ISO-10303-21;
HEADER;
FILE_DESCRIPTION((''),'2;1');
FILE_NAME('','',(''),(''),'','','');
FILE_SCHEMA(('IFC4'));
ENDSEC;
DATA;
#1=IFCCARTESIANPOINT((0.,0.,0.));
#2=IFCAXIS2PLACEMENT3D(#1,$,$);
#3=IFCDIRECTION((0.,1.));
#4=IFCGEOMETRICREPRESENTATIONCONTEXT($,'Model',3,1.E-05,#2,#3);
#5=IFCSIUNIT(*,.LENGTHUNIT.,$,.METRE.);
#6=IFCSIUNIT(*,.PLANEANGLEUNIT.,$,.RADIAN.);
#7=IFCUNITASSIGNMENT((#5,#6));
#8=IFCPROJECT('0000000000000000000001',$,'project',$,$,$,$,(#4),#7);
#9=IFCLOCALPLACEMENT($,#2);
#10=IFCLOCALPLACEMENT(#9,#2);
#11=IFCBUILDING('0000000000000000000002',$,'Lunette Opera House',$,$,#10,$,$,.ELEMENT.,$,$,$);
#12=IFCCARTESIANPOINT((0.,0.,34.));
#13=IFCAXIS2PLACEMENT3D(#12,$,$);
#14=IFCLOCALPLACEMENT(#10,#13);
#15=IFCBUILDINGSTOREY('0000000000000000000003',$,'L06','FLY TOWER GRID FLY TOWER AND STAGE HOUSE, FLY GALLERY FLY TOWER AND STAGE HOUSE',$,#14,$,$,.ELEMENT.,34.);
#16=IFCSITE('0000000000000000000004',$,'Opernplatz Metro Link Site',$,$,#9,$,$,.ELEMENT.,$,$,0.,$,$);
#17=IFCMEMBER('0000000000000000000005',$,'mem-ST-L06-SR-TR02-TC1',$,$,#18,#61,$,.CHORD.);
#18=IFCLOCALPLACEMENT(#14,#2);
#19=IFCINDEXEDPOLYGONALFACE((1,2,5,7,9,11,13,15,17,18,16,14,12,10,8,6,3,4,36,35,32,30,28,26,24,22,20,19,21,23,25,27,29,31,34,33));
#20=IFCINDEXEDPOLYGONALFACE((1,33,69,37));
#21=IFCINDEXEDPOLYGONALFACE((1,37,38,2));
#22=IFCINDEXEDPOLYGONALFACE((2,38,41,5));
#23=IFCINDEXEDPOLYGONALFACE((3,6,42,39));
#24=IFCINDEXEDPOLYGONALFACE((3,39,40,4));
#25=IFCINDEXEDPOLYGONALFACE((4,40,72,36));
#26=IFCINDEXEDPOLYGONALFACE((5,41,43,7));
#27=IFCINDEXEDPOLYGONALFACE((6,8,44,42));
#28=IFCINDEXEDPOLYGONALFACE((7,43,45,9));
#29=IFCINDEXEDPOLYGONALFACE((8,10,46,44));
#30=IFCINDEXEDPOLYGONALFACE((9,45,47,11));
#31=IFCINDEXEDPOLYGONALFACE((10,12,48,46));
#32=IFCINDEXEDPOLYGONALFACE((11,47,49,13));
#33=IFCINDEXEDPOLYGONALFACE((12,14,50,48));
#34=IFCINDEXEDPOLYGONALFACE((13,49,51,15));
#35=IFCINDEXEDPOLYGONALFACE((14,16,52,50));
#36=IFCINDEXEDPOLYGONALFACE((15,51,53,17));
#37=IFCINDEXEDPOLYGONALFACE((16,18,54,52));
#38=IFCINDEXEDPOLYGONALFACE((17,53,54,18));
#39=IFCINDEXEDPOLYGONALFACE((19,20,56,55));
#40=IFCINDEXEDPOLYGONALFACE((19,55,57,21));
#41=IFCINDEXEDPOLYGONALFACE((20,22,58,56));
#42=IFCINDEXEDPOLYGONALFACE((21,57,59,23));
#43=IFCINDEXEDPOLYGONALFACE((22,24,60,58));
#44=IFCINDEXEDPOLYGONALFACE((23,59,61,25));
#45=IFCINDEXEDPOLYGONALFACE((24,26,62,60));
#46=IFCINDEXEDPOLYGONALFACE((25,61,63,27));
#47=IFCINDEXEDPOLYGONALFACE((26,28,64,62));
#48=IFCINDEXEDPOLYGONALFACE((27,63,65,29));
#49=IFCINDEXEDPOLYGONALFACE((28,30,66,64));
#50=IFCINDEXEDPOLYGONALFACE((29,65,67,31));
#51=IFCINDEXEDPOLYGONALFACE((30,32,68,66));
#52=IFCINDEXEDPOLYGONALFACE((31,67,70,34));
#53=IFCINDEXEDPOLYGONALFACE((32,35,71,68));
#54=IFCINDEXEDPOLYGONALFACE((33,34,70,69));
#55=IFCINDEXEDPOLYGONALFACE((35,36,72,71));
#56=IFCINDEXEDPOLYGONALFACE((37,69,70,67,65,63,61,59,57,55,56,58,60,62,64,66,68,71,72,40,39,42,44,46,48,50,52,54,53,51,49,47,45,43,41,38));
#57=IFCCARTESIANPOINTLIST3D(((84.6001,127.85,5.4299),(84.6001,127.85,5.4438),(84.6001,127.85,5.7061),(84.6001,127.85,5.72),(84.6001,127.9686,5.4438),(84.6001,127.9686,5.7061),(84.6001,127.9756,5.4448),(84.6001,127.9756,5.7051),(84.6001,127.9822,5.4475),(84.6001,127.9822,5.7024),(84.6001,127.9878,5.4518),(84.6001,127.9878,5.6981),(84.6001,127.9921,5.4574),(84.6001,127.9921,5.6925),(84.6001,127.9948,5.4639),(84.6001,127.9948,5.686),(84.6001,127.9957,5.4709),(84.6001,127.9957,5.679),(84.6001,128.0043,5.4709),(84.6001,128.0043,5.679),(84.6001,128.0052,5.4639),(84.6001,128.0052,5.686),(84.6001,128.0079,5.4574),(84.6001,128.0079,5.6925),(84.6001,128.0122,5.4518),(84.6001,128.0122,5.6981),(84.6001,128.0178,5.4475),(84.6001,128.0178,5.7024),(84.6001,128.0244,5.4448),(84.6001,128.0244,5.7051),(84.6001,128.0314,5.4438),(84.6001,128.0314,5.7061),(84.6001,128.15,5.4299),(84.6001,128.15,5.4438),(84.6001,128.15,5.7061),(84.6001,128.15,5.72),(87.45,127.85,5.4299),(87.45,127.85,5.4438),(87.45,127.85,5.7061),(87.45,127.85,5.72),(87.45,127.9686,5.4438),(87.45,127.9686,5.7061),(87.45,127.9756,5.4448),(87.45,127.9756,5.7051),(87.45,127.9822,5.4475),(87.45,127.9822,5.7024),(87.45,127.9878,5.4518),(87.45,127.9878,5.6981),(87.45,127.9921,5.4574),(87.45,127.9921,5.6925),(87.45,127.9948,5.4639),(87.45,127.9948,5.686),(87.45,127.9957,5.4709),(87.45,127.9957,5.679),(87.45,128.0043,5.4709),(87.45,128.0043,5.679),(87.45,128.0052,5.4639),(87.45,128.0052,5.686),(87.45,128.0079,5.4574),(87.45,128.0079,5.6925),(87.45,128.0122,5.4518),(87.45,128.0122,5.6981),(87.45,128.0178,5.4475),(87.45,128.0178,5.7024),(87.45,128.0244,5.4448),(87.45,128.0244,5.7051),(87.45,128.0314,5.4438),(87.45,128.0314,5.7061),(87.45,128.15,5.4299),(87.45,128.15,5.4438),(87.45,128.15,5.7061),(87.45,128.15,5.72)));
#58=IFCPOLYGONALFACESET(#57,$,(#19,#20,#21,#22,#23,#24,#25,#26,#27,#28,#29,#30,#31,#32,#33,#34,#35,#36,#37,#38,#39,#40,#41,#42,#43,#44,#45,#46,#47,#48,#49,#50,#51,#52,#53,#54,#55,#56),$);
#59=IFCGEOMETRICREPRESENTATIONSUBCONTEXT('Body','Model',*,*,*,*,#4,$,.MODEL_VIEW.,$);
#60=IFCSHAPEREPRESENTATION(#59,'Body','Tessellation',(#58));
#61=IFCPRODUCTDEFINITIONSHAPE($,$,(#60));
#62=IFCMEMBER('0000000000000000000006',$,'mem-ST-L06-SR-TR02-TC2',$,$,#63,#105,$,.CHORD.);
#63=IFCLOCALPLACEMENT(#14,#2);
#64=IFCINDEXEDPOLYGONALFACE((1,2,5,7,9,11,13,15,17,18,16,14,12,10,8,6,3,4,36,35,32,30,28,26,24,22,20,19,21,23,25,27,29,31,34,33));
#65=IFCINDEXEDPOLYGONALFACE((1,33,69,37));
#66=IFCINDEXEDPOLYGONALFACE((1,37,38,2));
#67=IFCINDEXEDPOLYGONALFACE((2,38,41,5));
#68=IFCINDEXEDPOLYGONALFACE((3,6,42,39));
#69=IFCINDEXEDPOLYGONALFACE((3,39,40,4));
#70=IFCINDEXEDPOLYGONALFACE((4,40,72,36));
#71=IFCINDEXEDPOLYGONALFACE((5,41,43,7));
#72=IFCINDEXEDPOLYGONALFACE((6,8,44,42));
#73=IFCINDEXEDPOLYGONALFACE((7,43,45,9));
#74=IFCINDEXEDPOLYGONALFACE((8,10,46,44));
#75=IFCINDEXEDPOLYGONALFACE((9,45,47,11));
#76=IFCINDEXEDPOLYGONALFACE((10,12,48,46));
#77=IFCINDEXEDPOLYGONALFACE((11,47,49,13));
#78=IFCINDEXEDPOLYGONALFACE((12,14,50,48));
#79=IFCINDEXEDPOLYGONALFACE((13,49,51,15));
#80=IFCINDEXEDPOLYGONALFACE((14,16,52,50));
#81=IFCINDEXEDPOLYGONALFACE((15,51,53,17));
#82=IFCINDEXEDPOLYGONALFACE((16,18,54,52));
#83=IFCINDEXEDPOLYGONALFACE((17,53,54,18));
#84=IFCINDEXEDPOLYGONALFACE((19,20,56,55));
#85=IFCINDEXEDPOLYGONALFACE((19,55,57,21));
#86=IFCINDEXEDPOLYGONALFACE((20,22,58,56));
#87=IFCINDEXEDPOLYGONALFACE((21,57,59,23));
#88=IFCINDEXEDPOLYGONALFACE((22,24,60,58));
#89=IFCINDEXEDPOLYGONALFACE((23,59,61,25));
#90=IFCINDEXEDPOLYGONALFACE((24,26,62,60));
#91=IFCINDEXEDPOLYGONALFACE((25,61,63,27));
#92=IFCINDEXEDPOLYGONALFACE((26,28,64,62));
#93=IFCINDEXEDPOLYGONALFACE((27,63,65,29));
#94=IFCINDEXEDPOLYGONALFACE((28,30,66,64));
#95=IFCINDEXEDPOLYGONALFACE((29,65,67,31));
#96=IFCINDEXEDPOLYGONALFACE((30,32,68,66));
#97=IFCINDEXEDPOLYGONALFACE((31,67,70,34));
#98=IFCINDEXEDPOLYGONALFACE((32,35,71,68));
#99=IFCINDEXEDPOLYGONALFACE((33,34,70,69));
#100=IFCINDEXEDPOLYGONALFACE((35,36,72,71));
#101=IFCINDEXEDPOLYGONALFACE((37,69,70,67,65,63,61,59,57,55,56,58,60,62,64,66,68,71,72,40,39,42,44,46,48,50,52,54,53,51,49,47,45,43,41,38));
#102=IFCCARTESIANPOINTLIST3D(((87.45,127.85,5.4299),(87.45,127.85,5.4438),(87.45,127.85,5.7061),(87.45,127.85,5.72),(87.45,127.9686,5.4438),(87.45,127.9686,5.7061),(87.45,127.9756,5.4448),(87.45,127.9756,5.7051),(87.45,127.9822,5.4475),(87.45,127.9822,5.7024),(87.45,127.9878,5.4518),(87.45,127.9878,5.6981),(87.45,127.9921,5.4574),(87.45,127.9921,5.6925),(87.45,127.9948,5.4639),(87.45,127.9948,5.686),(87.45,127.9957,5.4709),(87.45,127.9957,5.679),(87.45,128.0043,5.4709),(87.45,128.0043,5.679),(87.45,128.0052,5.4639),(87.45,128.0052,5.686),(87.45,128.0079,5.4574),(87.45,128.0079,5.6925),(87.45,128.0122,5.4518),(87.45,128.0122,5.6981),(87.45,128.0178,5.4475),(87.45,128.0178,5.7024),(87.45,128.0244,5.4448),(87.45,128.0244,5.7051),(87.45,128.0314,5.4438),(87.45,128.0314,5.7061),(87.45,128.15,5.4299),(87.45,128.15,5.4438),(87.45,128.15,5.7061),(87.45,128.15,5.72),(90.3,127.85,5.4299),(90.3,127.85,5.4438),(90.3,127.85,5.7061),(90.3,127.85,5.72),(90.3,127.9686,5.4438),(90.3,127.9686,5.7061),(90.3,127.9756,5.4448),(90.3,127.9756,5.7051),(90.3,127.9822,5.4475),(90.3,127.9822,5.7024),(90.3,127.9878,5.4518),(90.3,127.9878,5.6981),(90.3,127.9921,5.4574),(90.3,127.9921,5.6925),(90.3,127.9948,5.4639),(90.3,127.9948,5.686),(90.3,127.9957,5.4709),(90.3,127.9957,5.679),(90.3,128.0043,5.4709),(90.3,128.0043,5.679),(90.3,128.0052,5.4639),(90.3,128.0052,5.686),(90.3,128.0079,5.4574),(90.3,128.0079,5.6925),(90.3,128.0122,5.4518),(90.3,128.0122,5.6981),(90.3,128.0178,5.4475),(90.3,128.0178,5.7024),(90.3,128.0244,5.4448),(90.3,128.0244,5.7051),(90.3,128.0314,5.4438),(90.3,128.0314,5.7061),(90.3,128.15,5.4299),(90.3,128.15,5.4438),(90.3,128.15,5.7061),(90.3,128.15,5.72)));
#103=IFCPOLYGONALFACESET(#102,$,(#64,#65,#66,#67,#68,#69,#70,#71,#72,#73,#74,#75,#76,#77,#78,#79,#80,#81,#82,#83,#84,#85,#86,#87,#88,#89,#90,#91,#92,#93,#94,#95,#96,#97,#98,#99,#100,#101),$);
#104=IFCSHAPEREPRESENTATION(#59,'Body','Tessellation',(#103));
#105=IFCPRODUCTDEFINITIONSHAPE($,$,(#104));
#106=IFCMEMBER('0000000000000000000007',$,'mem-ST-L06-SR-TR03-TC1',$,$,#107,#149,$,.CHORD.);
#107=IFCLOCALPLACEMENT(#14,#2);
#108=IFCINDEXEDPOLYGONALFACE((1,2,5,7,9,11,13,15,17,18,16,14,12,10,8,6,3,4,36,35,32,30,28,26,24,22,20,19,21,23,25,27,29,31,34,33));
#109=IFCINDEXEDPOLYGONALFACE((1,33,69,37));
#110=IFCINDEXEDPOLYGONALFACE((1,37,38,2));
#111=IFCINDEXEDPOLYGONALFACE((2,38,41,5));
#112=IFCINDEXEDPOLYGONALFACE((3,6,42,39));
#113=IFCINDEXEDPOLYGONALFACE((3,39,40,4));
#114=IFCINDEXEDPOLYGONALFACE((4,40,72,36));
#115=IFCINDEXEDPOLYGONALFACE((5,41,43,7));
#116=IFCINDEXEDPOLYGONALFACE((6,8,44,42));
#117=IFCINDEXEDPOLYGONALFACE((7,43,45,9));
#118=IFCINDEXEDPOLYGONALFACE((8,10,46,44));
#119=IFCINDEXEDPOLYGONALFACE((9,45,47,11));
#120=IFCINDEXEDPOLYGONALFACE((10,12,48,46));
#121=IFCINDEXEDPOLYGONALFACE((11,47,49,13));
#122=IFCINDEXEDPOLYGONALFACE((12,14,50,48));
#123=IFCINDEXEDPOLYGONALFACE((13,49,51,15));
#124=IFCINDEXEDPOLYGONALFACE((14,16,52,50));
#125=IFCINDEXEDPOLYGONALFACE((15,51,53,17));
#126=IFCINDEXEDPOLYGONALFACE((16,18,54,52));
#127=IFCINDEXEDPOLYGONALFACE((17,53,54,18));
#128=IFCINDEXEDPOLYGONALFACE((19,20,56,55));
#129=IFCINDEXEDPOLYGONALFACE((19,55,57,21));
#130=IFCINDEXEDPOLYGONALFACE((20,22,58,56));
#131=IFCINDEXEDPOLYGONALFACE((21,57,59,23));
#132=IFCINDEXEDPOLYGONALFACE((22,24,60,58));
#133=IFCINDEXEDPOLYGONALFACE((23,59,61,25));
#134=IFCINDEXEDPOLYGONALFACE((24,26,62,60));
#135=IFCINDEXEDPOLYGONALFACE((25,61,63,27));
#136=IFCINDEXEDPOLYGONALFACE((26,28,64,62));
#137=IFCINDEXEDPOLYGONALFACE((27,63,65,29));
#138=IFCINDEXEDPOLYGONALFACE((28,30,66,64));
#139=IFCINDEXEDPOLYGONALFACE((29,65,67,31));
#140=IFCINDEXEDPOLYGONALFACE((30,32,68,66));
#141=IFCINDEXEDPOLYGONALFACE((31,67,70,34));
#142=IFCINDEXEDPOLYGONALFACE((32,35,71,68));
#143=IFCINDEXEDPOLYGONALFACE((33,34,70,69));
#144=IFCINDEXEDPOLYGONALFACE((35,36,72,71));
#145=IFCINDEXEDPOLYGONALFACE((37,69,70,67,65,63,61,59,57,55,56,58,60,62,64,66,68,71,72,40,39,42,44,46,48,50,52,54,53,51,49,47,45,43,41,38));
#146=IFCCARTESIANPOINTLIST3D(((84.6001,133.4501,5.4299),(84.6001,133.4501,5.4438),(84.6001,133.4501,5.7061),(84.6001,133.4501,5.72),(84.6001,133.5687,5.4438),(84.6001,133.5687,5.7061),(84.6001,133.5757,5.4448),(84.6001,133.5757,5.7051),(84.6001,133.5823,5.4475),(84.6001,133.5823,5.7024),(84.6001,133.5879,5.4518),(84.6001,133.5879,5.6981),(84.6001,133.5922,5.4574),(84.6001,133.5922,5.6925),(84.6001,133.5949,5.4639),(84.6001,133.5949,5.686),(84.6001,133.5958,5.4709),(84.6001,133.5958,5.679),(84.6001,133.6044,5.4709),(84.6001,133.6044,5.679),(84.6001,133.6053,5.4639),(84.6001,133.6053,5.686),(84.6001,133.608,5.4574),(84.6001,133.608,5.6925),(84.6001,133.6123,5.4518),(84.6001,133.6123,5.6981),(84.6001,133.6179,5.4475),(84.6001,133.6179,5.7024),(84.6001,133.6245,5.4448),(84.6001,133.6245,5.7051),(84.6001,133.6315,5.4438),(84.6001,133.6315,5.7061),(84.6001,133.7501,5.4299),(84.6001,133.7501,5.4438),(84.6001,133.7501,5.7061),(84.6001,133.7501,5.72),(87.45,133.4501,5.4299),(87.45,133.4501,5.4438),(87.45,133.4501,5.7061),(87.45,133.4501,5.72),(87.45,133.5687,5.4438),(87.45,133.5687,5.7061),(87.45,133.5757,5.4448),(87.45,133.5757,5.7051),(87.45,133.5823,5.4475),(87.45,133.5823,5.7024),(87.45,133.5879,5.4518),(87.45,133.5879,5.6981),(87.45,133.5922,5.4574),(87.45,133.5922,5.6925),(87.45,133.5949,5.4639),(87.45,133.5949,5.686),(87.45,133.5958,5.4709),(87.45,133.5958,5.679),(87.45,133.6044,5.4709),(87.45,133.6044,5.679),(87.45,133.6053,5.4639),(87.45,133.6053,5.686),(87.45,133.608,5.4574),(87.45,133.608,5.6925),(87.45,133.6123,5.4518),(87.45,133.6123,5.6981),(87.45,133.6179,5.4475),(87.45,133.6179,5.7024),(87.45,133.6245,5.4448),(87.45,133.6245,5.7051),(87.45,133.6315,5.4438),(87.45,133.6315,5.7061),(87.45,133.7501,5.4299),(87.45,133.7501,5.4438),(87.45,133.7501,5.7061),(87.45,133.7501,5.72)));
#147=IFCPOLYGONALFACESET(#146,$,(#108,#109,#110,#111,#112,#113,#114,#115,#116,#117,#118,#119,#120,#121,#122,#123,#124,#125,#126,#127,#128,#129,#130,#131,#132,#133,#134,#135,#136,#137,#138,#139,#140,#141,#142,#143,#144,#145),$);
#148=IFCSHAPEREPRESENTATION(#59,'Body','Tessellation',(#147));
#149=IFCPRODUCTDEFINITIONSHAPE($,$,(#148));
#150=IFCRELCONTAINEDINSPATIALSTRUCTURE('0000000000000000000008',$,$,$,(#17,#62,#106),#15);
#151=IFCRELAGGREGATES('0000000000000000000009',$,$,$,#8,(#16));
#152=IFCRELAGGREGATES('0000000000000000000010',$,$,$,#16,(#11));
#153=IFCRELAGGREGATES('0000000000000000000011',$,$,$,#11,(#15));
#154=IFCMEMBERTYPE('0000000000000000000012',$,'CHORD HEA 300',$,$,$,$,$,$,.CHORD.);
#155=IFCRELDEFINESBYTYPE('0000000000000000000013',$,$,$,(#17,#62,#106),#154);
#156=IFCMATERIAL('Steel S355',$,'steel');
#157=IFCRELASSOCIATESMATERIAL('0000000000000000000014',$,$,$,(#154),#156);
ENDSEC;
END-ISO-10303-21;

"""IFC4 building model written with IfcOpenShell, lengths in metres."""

from ifc_helpers import new_model, si_unit, direction, frame, origin, origin_2d, place, context, subcontext, project, spatial, i_section, extrude, material, material_profile, profile_set, type_object, element, save


model = new_model("IFC4")

# Units and contexts
model_context = context("Model", 3, precision=1e-05, world=origin(), true_north=direction((0.0, 1.0)))
body_context = subcontext(model_context, "Body", "Model", "MODEL_VIEW")
ifc_project = project(units=[si_unit("LENGTHUNIT", "METRE"), si_unit("PLANEANGLEUNIT", "RADIAN")], contexts=[model_context])

# Site, building, storey
site_placement = place(None, origin())
site = spatial("IfcSite", under=ifc_project, at=site_placement, Name="Opernplatz Metro Link Site", CompositionType="ELEMENT", RefElevation=0.0)
building_placement = place(site_placement, origin())
building = spatial("IfcBuilding", under=site, at=building_placement, Name="Lunette Opera House", CompositionType="ELEMENT")
storey_placement = place(building_placement, frame((0.0, 0.0, 34.0)))
storey = spatial("IfcBuildingStorey", under=building, at=storey_placement, Name="L06", Description="FLY TOWER GRID FLY TOWER AND STAGE HOUSE, FLY GALLERY FLY TOWER AND STAGE HOUSE", CompositionType="ELEMENT", Elevation=34.0)

# Members
ifc_material_1 = material(Name="Steel S355", Category="steel")
ifc_material_profile_1 = material_profile(ifc_material_1, i_section(OverallWidth=0.3, OverallDepth=0.29, WebThickness=0.0085, FlangeThickness=0.0139, FilletRadius=0.0271, at=origin_2d()), Name="HEA 300")
ifc_profile_set_1 = profile_set([ifc_material_profile_1], Name="Steel S355")
member_type_1 = type_object("IfcMemberType", Name="CHORD HEA 300", PredefinedType="CHORD", material=ifc_profile_set_1)
member_1_placement = place(storey_placement, frame((84.6001, 128.0, 5.575), z_axis=(1.0, 0.0, 0.0), x_axis=(0.0, 1.0, 0.0)))
element("IfcMember", 1, at=member_1_placement, inside=storey, type_object=member_type_1, Name="mem-ST-L06-SR-TR02-TC1", PredefinedType="CHORD", context=body_context, shape_type="SweptSolid", body=[
    extrude(i_section(OverallWidth=0.3, OverallDepth=0.29, WebThickness=0.0085, FlangeThickness=0.0139, FilletRadius=0.0271, at=origin_2d()), origin(), (0.0, 0.0, 1.0), 2.8499),
])
member_2_placement = place(storey_placement, frame((87.45, 128.0, 5.575), z_axis=(1.0, 0.0, 0.0), x_axis=(0.0, 1.0, 0.0)))
element("IfcMember", 2, at=member_2_placement, inside=storey, type_object=member_type_1, Name="mem-ST-L06-SR-TR02-TC2", PredefinedType="CHORD", context=body_context, shape_type="SweptSolid", body=[
    extrude(i_section(OverallWidth=0.3, OverallDepth=0.29, WebThickness=0.0085, FlangeThickness=0.0139, FilletRadius=0.0271, at=origin_2d()), origin(), (0.0, 0.0, 1.0), 2.8501),
])
member_3_placement = place(storey_placement, frame((84.6001, 133.6001, 5.575), z_axis=(1.0, 0.0, 0.0), x_axis=(0.0, 1.0, 0.0)))
element("IfcMember", 3, at=member_3_placement, inside=storey, type_object=member_type_1, Name="mem-ST-L06-SR-TR03-TC1", PredefinedType="CHORD", context=body_context, shape_type="SweptSolid", body=[
    extrude(i_section(OverallWidth=0.3, OverallDepth=0.29, WebThickness=0.0085, FlangeThickness=0.0139, FilletRadius=0.0271, at=origin_2d()), origin(), (0.0, 0.0, 1.0), 2.8499),
])

save(model, "model.ifc")
